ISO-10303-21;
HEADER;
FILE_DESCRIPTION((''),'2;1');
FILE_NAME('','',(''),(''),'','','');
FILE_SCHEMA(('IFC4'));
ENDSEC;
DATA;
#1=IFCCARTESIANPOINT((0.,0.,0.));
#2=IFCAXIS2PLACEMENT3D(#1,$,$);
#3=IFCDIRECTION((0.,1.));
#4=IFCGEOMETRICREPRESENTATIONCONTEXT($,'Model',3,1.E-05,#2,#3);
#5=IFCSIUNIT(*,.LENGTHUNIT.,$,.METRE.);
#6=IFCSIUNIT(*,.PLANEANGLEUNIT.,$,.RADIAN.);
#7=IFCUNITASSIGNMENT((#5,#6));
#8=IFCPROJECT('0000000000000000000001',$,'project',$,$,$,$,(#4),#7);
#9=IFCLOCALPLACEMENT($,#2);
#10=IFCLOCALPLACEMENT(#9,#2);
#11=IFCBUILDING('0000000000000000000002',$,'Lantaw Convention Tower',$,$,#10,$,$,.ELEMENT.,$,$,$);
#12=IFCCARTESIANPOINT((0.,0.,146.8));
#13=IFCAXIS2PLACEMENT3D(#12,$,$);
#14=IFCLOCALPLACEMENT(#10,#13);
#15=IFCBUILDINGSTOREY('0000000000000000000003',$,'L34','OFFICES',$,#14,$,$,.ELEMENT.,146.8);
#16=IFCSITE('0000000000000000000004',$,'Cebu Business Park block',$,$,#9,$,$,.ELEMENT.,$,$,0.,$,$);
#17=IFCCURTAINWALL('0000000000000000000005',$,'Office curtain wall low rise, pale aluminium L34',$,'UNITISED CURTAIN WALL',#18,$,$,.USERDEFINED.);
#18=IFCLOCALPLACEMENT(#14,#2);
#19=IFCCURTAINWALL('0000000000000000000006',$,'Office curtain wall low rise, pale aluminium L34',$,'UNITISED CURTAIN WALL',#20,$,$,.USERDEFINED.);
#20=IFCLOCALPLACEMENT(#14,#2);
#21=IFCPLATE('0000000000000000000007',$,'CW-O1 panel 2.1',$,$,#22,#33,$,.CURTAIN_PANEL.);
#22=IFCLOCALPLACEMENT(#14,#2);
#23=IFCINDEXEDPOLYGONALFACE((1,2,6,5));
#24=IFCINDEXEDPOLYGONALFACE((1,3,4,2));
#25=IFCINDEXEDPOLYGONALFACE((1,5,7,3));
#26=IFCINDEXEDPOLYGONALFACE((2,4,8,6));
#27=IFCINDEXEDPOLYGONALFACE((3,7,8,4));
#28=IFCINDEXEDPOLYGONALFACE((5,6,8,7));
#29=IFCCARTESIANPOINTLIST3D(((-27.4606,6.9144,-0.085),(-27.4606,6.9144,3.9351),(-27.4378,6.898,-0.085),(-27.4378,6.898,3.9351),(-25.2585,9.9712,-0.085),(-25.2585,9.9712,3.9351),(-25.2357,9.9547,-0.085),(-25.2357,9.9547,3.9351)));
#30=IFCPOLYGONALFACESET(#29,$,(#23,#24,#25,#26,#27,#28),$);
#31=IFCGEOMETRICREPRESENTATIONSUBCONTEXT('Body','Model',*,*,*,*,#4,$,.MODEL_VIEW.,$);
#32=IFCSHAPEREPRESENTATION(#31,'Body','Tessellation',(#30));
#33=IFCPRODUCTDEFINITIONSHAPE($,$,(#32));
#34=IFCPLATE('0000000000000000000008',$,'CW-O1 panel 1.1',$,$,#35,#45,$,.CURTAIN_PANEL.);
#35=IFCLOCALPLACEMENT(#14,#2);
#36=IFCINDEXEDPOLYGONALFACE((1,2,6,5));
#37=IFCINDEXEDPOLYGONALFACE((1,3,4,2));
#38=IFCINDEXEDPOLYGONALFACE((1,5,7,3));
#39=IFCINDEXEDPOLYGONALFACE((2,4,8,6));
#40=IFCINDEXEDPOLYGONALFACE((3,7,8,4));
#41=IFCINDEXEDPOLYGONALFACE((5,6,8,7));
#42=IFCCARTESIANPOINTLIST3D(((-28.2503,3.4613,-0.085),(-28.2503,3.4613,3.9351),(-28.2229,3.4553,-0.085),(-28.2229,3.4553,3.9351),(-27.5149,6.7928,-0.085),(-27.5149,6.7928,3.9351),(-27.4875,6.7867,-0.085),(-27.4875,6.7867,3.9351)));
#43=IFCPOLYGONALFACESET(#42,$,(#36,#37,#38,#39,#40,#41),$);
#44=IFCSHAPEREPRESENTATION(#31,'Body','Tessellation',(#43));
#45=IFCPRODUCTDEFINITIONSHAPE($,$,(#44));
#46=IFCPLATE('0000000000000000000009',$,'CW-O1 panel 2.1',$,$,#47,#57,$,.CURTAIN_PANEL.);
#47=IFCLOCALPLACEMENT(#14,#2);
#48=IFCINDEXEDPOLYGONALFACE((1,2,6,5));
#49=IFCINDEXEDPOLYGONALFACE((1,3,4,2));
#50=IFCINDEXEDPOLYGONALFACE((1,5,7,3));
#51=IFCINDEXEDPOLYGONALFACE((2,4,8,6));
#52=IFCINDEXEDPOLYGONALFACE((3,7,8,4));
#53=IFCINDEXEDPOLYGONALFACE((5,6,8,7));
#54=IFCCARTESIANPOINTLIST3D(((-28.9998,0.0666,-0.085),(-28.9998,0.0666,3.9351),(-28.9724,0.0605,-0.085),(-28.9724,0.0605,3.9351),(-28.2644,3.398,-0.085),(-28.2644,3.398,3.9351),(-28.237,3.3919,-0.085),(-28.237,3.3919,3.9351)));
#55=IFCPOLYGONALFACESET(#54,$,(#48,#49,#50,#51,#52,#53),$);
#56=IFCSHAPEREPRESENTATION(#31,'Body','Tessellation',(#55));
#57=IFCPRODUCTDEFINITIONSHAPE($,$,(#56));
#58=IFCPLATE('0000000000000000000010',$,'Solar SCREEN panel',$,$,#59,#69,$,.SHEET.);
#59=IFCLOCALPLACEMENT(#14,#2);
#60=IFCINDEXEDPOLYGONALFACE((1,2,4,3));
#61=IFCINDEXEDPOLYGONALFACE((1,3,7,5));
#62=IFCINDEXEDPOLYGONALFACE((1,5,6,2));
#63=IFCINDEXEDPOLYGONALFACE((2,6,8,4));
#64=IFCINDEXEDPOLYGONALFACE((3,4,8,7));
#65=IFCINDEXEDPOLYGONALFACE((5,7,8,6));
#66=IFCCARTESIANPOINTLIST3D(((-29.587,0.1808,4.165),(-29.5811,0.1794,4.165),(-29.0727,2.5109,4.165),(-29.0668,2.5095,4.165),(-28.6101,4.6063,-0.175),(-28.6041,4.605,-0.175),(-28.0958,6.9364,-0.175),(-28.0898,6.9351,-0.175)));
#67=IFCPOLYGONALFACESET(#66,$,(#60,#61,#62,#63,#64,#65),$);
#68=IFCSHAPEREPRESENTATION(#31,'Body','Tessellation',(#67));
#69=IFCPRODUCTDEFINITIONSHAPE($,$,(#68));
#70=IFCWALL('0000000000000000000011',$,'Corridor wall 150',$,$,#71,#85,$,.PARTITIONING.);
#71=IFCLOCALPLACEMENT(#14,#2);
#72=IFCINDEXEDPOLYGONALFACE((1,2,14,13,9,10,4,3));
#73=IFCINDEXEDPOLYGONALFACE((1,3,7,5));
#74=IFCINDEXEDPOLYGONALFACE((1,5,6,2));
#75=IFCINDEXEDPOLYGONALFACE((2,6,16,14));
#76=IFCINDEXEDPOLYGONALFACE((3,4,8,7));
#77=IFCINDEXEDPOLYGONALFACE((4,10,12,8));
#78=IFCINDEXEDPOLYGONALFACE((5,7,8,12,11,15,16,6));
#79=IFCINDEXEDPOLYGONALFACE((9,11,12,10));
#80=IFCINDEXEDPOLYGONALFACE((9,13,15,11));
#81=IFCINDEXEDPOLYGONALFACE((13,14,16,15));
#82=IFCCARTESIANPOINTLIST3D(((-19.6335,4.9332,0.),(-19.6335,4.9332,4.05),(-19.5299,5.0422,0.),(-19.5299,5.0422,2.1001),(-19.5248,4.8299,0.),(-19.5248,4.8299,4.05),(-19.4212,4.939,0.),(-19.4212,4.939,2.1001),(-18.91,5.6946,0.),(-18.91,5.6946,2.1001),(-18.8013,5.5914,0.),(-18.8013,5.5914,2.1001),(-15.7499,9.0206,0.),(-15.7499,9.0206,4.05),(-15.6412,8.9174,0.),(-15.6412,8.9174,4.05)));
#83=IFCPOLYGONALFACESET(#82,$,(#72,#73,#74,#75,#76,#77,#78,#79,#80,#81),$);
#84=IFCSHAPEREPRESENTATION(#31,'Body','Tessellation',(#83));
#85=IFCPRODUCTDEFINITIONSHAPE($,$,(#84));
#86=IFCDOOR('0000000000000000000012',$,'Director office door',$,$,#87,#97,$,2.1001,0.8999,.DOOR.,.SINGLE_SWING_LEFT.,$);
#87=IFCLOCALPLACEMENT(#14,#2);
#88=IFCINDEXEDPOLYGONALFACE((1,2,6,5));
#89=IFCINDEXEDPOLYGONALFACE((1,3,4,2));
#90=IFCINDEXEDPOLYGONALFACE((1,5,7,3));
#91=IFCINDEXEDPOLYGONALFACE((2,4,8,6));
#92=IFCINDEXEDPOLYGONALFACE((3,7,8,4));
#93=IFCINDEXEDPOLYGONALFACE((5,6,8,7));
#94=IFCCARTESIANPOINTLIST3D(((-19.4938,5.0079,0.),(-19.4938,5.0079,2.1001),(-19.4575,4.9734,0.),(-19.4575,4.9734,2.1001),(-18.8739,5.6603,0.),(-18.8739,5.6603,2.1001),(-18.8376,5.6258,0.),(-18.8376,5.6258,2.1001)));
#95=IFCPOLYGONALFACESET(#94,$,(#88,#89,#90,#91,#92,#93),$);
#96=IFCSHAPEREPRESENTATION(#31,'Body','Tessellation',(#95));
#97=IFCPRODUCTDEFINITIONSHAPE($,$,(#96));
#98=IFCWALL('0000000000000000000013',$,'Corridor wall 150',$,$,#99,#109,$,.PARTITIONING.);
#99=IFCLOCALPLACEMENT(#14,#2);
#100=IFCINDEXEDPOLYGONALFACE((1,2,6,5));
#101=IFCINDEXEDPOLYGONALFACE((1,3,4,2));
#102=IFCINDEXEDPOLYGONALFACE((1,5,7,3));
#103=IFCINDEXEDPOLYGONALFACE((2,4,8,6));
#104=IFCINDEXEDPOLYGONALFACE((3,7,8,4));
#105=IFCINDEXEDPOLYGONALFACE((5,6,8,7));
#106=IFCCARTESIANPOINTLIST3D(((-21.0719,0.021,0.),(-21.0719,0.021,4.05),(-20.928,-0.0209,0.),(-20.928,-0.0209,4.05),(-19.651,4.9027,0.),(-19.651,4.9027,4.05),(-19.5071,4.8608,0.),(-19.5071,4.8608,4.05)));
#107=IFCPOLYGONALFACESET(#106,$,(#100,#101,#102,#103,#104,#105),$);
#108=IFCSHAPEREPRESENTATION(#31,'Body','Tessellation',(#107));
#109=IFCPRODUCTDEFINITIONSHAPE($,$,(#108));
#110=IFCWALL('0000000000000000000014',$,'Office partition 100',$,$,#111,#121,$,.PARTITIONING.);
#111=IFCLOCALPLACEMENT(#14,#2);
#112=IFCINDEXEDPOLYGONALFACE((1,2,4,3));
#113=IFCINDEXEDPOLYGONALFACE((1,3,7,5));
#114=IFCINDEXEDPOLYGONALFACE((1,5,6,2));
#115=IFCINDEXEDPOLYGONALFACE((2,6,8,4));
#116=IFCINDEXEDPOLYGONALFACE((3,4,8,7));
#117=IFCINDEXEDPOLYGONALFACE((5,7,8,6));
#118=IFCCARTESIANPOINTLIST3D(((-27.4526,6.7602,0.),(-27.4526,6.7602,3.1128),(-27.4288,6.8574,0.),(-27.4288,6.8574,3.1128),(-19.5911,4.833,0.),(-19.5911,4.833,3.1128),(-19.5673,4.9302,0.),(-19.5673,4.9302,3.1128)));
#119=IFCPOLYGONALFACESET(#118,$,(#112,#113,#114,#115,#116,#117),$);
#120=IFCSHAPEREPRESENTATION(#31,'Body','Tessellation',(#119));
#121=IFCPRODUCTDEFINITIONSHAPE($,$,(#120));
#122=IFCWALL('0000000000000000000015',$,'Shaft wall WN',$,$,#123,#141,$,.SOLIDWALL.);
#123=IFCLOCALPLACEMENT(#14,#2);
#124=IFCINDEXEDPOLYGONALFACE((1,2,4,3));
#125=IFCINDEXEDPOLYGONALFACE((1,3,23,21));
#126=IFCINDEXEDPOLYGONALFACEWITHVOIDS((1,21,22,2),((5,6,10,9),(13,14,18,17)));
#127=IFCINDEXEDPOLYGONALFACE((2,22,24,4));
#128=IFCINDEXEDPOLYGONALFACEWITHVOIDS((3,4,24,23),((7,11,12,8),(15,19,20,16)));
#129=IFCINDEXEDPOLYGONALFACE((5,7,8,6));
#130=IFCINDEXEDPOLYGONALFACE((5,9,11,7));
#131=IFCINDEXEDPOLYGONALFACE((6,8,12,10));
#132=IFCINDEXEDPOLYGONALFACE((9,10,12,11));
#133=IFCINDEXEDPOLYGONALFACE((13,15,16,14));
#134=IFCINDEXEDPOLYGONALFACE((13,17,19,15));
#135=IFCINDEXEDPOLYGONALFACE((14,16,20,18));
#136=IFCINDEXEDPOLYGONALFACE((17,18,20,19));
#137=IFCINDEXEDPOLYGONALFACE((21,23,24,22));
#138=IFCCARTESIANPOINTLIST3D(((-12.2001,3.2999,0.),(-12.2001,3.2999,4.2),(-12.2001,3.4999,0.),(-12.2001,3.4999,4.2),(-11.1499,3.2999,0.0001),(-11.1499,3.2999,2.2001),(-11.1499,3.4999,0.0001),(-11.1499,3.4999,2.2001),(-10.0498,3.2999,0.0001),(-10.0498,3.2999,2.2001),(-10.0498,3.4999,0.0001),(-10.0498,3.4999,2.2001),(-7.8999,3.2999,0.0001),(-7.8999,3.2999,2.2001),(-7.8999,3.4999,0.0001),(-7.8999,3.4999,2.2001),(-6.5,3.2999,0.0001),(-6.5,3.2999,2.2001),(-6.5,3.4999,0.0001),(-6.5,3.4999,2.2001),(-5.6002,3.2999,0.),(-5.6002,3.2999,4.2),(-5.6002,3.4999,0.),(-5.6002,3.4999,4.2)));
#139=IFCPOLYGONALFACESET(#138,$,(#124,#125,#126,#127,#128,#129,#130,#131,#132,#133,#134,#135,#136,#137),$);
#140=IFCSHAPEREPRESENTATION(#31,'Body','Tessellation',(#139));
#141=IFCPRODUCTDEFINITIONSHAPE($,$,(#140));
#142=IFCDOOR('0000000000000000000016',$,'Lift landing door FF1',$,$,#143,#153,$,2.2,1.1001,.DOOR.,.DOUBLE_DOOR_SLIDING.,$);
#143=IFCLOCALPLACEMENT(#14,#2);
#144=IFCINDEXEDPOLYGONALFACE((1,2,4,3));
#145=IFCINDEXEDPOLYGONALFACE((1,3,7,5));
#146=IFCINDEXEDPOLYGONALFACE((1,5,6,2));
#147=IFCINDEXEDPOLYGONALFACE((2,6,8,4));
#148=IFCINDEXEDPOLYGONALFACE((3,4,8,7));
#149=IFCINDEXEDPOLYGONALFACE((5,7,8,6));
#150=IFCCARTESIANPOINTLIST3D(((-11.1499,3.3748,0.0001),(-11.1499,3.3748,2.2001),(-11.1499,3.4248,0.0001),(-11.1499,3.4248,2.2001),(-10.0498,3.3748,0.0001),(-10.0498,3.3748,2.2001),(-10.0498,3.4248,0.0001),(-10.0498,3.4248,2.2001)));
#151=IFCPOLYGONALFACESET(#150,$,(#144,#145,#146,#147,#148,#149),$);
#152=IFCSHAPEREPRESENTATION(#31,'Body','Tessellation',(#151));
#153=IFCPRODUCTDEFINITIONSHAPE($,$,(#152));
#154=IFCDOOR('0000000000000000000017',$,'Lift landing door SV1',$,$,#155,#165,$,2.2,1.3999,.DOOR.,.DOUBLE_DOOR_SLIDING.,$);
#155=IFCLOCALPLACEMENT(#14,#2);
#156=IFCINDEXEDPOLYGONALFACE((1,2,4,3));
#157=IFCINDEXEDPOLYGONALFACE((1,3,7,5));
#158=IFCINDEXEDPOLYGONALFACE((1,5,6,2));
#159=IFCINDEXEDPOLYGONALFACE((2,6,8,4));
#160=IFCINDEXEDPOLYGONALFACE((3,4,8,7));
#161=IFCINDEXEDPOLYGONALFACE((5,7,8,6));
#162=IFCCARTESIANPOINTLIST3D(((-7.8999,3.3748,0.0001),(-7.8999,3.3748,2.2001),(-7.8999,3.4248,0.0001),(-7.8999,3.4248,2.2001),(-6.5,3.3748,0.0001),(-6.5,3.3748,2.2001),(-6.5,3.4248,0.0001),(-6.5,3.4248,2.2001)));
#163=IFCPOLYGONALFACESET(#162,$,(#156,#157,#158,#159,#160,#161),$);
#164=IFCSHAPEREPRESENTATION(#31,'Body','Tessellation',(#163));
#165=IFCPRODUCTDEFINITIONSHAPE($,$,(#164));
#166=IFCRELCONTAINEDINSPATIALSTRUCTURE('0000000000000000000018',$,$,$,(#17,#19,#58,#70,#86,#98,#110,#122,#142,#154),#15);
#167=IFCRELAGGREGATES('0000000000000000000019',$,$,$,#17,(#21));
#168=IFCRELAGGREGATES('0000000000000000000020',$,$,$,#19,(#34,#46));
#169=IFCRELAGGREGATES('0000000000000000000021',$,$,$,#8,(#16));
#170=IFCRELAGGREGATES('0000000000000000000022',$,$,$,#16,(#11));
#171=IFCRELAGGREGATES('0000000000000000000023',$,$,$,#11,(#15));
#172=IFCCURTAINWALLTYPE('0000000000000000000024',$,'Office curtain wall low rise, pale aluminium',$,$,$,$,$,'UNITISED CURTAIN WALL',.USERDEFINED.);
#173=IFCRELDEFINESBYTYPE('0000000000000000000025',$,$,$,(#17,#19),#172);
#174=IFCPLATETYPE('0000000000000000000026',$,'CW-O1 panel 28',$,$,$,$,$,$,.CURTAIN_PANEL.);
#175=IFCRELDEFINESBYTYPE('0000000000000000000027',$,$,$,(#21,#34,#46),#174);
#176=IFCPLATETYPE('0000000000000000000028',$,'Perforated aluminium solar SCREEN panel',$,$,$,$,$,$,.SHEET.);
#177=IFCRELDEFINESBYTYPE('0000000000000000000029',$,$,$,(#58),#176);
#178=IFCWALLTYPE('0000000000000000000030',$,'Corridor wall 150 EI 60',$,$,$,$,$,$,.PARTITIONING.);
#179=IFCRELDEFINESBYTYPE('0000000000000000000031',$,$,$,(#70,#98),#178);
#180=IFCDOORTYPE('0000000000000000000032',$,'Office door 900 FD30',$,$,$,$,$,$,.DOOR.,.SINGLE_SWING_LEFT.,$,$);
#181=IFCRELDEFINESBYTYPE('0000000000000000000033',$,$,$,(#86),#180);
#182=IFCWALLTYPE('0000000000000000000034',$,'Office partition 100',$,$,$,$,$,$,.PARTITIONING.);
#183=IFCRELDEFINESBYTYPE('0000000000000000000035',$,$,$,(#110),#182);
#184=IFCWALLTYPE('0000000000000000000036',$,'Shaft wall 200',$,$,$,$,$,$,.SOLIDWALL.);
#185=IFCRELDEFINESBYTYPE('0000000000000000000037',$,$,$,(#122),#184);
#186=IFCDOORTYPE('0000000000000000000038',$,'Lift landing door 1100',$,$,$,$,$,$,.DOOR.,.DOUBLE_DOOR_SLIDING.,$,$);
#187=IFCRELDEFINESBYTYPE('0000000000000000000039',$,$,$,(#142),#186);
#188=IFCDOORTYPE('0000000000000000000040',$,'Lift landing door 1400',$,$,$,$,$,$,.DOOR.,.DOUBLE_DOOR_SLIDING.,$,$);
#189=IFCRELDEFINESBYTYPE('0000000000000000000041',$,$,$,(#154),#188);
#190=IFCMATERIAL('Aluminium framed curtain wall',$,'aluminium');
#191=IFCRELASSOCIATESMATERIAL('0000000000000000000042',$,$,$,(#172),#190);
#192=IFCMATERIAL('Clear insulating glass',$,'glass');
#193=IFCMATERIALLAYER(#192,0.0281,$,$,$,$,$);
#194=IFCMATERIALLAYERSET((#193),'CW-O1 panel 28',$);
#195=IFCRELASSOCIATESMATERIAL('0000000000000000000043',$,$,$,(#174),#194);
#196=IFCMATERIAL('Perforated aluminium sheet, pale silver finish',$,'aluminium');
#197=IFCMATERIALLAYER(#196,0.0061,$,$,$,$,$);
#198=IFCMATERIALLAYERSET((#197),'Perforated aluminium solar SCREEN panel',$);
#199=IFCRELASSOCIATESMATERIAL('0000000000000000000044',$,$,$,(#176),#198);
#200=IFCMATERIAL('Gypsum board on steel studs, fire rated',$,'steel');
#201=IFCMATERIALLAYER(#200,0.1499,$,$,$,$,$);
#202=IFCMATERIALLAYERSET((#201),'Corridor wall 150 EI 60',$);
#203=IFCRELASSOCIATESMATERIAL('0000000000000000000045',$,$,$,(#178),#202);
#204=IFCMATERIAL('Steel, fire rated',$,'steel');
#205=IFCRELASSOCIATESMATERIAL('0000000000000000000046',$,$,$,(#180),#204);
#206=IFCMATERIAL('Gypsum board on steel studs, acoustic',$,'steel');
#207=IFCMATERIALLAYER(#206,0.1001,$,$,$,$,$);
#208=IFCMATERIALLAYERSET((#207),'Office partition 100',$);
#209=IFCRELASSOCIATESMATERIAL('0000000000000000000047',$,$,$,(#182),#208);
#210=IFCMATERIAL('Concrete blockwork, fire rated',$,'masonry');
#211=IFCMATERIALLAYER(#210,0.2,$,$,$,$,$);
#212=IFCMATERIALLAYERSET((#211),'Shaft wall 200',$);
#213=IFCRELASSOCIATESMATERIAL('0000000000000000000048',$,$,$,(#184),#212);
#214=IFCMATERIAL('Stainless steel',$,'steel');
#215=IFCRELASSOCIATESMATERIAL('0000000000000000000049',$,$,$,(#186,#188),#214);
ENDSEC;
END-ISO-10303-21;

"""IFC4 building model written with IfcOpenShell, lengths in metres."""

from ifc_helpers import new_model, si_unit, direction, frame, frame_2d, origin, origin_2d, place, context, subcontext, project, spatial, polyline, rectangle, outline, extrude, material, layer, layer_set, type_object, element, fill, aggregate, save


model = new_model("IFC4")

# Units and contexts
model_context = context("Model", 3, precision=1e-05, world=origin(), true_north=direction((0.0, 1.0)))
body_context = subcontext(model_context, "Body", "Model", "MODEL_VIEW")
ifc_project = project(units=[si_unit("LENGTHUNIT", "METRE"), si_unit("PLANEANGLEUNIT", "RADIAN")], contexts=[model_context])

# Site, building, storey
site_placement = place(None, origin())
site = spatial("IfcSite", under=ifc_project, at=site_placement, Name="Cebu Business Park block", CompositionType="ELEMENT", RefElevation=0.0)
building_placement = place(site_placement, origin())
building = spatial("IfcBuilding", under=site, at=building_placement, Name="Lantaw Convention Tower", CompositionType="ELEMENT")
storey_placement = place(building_placement, frame((0.0, 0.0, 146.8)))
storey = spatial("IfcBuildingStorey", under=building, at=storey_placement, Name="L34", Description="OFFICES", CompositionType="ELEMENT", Elevation=146.8)

# Curtain wall
ifc_material_1 = material(Name="Aluminium framed curtain wall", Category="aluminium")
curtain_wall_type = type_object("IfcCurtainWallType", Name="Office curtain wall low rise, pale aluminium", ElementType="UNITISED CURTAIN WALL", PredefinedType="USERDEFINED", material=ifc_material_1)
curtain_wall_1_placement = place(storey_placement, origin())
curtain_wall_1 = element("IfcCurtainWall", 1, at=curtain_wall_1_placement, inside=storey, type_object=curtain_wall_type, Name="Office curtain wall low rise, pale aluminium L34", ObjectType="UNITISED CURTAIN WALL", PredefinedType="USERDEFINED")

# Curtain wall
curtain_wall_2_placement = place(storey_placement, origin())
curtain_wall_2 = element("IfcCurtainWall", 2, at=curtain_wall_2_placement, inside=storey, type_object=curtain_wall_type, Name="Office curtain wall low rise, pale aluminium L34", ObjectType="UNITISED CURTAIN WALL", PredefinedType="USERDEFINED")

# Plates
ifc_material_2 = material(Name="Clear insulating glass", Category="glass")
ifc_layer_1 = layer(ifc_material_2, 0.0281)
ifc_layer_set_1 = layer_set([ifc_layer_1], Name="CW-O1 panel 28")
plate_type_1 = type_object("IfcPlateType", Name="CW-O1 panel 28", PredefinedType="CURTAIN_PANEL", material=ifc_layer_set_1)
plate_1_placement = place(storey_placement, frame((-26.3481, 8.4346, -0.085), z_axis=(0.0, 0.0, 1.0), x_axis=(-0.584513, -0.811385, 0.0)))
plate_1 = element("IfcPlate", 3, at=plate_1_placement, type_object=plate_type_1, Name="CW-O1 panel 2.1", PredefinedType="CURTAIN_PANEL", context=body_context, shape_type="SweptSolid", body=[
    extrude(rectangle(XDim=3.7673, YDim=0.0281, at=origin_2d()), origin(), (0.0, 0.0, 1.0), 4.02),
])
aggregate(curtain_wall_1, [plate_1])
plate_2_placement = place(storey_placement, frame((-27.8689, 5.124, -0.085), z_axis=(0.0, 0.0, 1.0), x_axis=(-0.215546, -0.976494, 0.0)))
plate_2 = element("IfcPlate", 4, at=plate_2_placement, type_object=plate_type_1, Name="CW-O1 panel 1.1", PredefinedType="CURTAIN_PANEL", context=body_context, shape_type="SweptSolid", body=[
    extrude(rectangle(XDim=3.4116, YDim=0.0281, at=origin_2d()), origin(), (0.0, 0.0, 1.0), 4.02),
])
plate_3_placement = place(storey_placement, frame((-28.6184, 1.7292, -0.085), z_axis=(0.0, 0.0, 1.0), x_axis=(-0.215546, -0.976494, 0.0)))
plate_3 = element("IfcPlate", 5, at=plate_3_placement, type_object=plate_type_1, Name="CW-O1 panel 2.1", PredefinedType="CURTAIN_PANEL", context=body_context, shape_type="SweptSolid", body=[
    extrude(rectangle(XDim=3.4116, YDim=0.0281, at=origin_2d()), origin(), (0.0, 0.0, 1.0), 4.02),
])
aggregate(curtain_wall_2, [plate_2, plate_3])
ifc_material_3 = material(Name="Perforated aluminium sheet, pale silver finish", Category="aluminium")
ifc_layer_2 = layer(ifc_material_3, 0.0061)
ifc_layer_set_2 = layer_set([ifc_layer_2], Name="Perforated aluminium solar SCREEN panel")
plate_type_2 = type_object("IfcPlateType", Name="Perforated aluminium solar SCREEN panel", PredefinedType="SHEET", material=ifc_layer_set_2)
plate_4_placement = place(storey_placement, frame((-28.0898, 6.9351, -0.175), z_axis=(0.976498, -0.215527, 0.000033), x_axis=(-0.215527, -0.976498, 0.0)))
element("IfcPlate", 6, at=plate_4_placement, inside=storey, type_object=plate_type_2, Name="Solar SCREEN panel", PredefinedType="SHEET", context=body_context, shape_type="SweptSolid", body=[
    extrude(outline(polyline([(0.0, 0.0), (2.3861, 0.0), (6.9182, -4.3401), (4.5321, -4.3401), (0.0, 0.0)])), origin(), (0.0, 0.0, -1.0), 0.0061),
])

# Wall, opening, door
ifc_material_4 = material(Name="Gypsum board on steel studs, fire rated", Category="steel")
ifc_layer_3 = layer(ifc_material_4, 0.1499)
ifc_layer_set_3 = layer_set([ifc_layer_3], Name="Corridor wall 150 EI 60")
wall_type_1 = type_object("IfcWallType", Name="Corridor wall 150 EI 60", PredefinedType="PARTITIONING", material=ifc_layer_set_3)
wall_1_placement = place(storey_placement, frame((-15.6956, 8.969, 0.0), z_axis=(0.0, 0.0, 1.0), x_axis=(-0.688797, -0.724954, 0.0)))
wall_1 = element("IfcWall", 7, at=wall_1_placement, inside=storey, type_object=wall_type_1, Name="Corridor wall 150", PredefinedType="PARTITIONING", context=body_context, shape_type="SweptSolid", body=[
    extrude(rectangle(XDim=5.6382, YDim=0.1499, at=frame_2d((2.8191, 0.0))), origin(), (0.0, 0.0, 1.0), 4.05),
])
opening_1_placement = place(wall_1_placement, frame((4.5879, 0.0, 0.0)))
opening_1 = element("IfcOpeningElement", 8, at=opening_1_placement, cuts=wall_1, PredefinedType="OPENING", context=body_context, shape_type="SweptSolid", body=[
    extrude(rectangle(XDim=0.8999, YDim=2.1001, at=frame_2d((0.45, 1.05))), frame((0.0, 0.085, 0.0), z_axis=(0.0, -1.0, 0.0), x_axis=(1.0, 0.0, 0.0)), (0.0, 0.0, 1.0), 0.1699),
])
ifc_material_5 = material(Name="Steel, fire rated", Category="steel")
door_type_1 = type_object("IfcDoorType", Name="Office door 900 FD30", OperationType="SINGLE_SWING_LEFT", PredefinedType="DOOR", material=ifc_material_5)
door_1_placement = place(opening_1_placement, origin())
door_1 = element("IfcDoor", 9, at=door_1_placement, inside=storey, type_object=door_type_1, Name="Director office door", OperationType="SINGLE_SWING_LEFT", OverallHeight=2.1001, OverallWidth=0.8999, PredefinedType="DOOR", context=body_context, shape_type="SweptSolid", body=[
    extrude(rectangle(XDim=0.8999, YDim=2.1001, at=frame_2d((0.45, 1.05))), frame((0.0, 0.0249, 0.0), z_axis=(0.0, -1.0, 0.0), x_axis=(1.0, 0.0, 0.0)), (0.0, 0.0, 1.0), 0.05),
])
fill(opening_1, door_1)

# Walls
wall_2_placement = place(storey_placement, frame((-19.5791, 4.8816, 0.0), z_axis=(0.0, 0.0, 1.0), x_axis=(-0.279474, -0.960153, 0.0)))
element("IfcWall", 10, at=wall_2_placement, inside=storey, type_object=wall_type_1, Name="Corridor wall 150", PredefinedType="PARTITIONING", context=body_context, shape_type="SweptSolid", body=[
    extrude(rectangle(XDim=5.0842, YDim=0.1499, at=frame_2d((2.542, 0.0))), origin(), (0.0, 0.0, 1.0), 4.05),
])
ifc_material_6 = material(Name="Gypsum board on steel studs, acoustic", Category="steel")
ifc_layer_4 = layer(ifc_material_6, 0.1001)
ifc_layer_set_4 = layer_set([ifc_layer_4], Name="Office partition 100")
wall_type_2 = type_object("IfcWallType", Name="Office partition 100", PredefinedType="PARTITIONING", material=ifc_layer_set_4)
wall_3_placement = place(storey_placement, frame((-27.4407, 6.8088, 0.0), z_axis=(0.0, 0.0, 1.0), x_axis=(0.971241, -0.238098, 0.0)))
element("IfcWall", 11, at=wall_3_placement, inside=storey, type_object=wall_type_2, Name="Office partition 100", PredefinedType="PARTITIONING", context=body_context, shape_type="SweptSolid", body=[
    extrude(rectangle(XDim=8.0942, YDim=0.1001, at=frame_2d((4.0471, 0.0))), origin(), (0.0, 0.0, 1.0), 3.1128),
])

# Wall, openings, doors
ifc_material_7 = material(Name="Concrete blockwork, fire rated", Category="masonry")
ifc_layer_5 = layer(ifc_material_7, 0.2)
ifc_layer_set_5 = layer_set([ifc_layer_5], Name="Shaft wall 200")
wall_type_3 = type_object("IfcWallType", Name="Shaft wall 200", PredefinedType="SOLIDWALL", material=ifc_layer_set_5)
wall_4_placement = place(storey_placement, frame((-12.2, 3.3999, 0.0), z_axis=(0.0, 0.0, 1.0), x_axis=(1.0, 0.0, 0.0)))
wall_4 = element("IfcWall", 12, at=wall_4_placement, inside=storey, type_object=wall_type_3, Name="Shaft wall WN", PredefinedType="SOLIDWALL", context=body_context, shape_type="SweptSolid", body=[
    extrude(rectangle(XDim=6.5999, YDim=0.2, at=frame_2d((3.2998, 0.0))), origin(), (0.0, 0.0, 1.0), 4.2),
])
opening_2_placement = place(wall_4_placement, frame((1.05, 0.0, 0.0)))
opening_2 = element("IfcOpeningElement", 13, at=opening_2_placement, cuts=wall_4, PredefinedType="OPENING", context=body_context, shape_type="SweptSolid", body=[
    extrude(rectangle(XDim=1.1001, YDim=2.2, at=frame_2d((0.55, 1.1001))), frame((0.0, 0.1099, 0.0), z_axis=(0.0, -1.0, 0.0), x_axis=(1.0, 0.0, 0.0)), (0.0, 0.0, 1.0), 0.22),
])
opening_3_placement = place(wall_4_placement, frame((4.3, 0.0, 0.0)))
opening_3 = element("IfcOpeningElement", 14, at=opening_3_placement, cuts=wall_4, PredefinedType="OPENING", context=body_context, shape_type="SweptSolid", body=[
    extrude(rectangle(XDim=1.3999, YDim=2.2, at=frame_2d((0.7, 1.1001))), frame((0.0, 0.1099, 0.0), z_axis=(0.0, -1.0, 0.0), x_axis=(1.0, 0.0, 0.0)), (0.0, 0.0, 1.0), 0.22),
])
ifc_material_8 = material(Name="Stainless steel", Category="steel")
door_type_2 = type_object("IfcDoorType", Name="Lift landing door 1100", OperationType="DOUBLE_DOOR_SLIDING", PredefinedType="DOOR", material=ifc_material_8)
door_2_placement = place(opening_2_placement, origin())
door_2 = element("IfcDoor", 15, at=door_2_placement, inside=storey, type_object=door_type_2, Name="Lift landing door FF1", OperationType="DOUBLE_DOOR_SLIDING", OverallHeight=2.2, OverallWidth=1.1001, PredefinedType="DOOR", context=body_context, shape_type="SweptSolid", body=[
    extrude(rectangle(XDim=1.1001, YDim=2.2, at=frame_2d((0.55, 1.1001))), frame((0.0, 0.0249, 0.0), z_axis=(0.0, -1.0, 0.0), x_axis=(1.0, 0.0, 0.0)), (0.0, 0.0, 1.0), 0.05),
])
fill(opening_2, door_2)
door_type_3 = type_object("IfcDoorType", Name="Lift landing door 1400", OperationType="DOUBLE_DOOR_SLIDING", PredefinedType="DOOR", material=ifc_material_8)
door_3_placement = place(opening_3_placement, origin())
door_3 = element("IfcDoor", 16, at=door_3_placement, inside=storey, type_object=door_type_3, Name="Lift landing door SV1", OperationType="DOUBLE_DOOR_SLIDING", OverallHeight=2.2, OverallWidth=1.3999, PredefinedType="DOOR", context=body_context, shape_type="SweptSolid", body=[
    extrude(rectangle(XDim=1.3999, YDim=2.2, at=frame_2d((0.7, 1.1001))), frame((0.0, 0.0249, 0.0), z_axis=(0.0, -1.0, 0.0), x_axis=(1.0, 0.0, 0.0)), (0.0, 0.0, 1.0), 0.05),
])
fill(opening_3, door_3)

save(model, "model.ifc")
